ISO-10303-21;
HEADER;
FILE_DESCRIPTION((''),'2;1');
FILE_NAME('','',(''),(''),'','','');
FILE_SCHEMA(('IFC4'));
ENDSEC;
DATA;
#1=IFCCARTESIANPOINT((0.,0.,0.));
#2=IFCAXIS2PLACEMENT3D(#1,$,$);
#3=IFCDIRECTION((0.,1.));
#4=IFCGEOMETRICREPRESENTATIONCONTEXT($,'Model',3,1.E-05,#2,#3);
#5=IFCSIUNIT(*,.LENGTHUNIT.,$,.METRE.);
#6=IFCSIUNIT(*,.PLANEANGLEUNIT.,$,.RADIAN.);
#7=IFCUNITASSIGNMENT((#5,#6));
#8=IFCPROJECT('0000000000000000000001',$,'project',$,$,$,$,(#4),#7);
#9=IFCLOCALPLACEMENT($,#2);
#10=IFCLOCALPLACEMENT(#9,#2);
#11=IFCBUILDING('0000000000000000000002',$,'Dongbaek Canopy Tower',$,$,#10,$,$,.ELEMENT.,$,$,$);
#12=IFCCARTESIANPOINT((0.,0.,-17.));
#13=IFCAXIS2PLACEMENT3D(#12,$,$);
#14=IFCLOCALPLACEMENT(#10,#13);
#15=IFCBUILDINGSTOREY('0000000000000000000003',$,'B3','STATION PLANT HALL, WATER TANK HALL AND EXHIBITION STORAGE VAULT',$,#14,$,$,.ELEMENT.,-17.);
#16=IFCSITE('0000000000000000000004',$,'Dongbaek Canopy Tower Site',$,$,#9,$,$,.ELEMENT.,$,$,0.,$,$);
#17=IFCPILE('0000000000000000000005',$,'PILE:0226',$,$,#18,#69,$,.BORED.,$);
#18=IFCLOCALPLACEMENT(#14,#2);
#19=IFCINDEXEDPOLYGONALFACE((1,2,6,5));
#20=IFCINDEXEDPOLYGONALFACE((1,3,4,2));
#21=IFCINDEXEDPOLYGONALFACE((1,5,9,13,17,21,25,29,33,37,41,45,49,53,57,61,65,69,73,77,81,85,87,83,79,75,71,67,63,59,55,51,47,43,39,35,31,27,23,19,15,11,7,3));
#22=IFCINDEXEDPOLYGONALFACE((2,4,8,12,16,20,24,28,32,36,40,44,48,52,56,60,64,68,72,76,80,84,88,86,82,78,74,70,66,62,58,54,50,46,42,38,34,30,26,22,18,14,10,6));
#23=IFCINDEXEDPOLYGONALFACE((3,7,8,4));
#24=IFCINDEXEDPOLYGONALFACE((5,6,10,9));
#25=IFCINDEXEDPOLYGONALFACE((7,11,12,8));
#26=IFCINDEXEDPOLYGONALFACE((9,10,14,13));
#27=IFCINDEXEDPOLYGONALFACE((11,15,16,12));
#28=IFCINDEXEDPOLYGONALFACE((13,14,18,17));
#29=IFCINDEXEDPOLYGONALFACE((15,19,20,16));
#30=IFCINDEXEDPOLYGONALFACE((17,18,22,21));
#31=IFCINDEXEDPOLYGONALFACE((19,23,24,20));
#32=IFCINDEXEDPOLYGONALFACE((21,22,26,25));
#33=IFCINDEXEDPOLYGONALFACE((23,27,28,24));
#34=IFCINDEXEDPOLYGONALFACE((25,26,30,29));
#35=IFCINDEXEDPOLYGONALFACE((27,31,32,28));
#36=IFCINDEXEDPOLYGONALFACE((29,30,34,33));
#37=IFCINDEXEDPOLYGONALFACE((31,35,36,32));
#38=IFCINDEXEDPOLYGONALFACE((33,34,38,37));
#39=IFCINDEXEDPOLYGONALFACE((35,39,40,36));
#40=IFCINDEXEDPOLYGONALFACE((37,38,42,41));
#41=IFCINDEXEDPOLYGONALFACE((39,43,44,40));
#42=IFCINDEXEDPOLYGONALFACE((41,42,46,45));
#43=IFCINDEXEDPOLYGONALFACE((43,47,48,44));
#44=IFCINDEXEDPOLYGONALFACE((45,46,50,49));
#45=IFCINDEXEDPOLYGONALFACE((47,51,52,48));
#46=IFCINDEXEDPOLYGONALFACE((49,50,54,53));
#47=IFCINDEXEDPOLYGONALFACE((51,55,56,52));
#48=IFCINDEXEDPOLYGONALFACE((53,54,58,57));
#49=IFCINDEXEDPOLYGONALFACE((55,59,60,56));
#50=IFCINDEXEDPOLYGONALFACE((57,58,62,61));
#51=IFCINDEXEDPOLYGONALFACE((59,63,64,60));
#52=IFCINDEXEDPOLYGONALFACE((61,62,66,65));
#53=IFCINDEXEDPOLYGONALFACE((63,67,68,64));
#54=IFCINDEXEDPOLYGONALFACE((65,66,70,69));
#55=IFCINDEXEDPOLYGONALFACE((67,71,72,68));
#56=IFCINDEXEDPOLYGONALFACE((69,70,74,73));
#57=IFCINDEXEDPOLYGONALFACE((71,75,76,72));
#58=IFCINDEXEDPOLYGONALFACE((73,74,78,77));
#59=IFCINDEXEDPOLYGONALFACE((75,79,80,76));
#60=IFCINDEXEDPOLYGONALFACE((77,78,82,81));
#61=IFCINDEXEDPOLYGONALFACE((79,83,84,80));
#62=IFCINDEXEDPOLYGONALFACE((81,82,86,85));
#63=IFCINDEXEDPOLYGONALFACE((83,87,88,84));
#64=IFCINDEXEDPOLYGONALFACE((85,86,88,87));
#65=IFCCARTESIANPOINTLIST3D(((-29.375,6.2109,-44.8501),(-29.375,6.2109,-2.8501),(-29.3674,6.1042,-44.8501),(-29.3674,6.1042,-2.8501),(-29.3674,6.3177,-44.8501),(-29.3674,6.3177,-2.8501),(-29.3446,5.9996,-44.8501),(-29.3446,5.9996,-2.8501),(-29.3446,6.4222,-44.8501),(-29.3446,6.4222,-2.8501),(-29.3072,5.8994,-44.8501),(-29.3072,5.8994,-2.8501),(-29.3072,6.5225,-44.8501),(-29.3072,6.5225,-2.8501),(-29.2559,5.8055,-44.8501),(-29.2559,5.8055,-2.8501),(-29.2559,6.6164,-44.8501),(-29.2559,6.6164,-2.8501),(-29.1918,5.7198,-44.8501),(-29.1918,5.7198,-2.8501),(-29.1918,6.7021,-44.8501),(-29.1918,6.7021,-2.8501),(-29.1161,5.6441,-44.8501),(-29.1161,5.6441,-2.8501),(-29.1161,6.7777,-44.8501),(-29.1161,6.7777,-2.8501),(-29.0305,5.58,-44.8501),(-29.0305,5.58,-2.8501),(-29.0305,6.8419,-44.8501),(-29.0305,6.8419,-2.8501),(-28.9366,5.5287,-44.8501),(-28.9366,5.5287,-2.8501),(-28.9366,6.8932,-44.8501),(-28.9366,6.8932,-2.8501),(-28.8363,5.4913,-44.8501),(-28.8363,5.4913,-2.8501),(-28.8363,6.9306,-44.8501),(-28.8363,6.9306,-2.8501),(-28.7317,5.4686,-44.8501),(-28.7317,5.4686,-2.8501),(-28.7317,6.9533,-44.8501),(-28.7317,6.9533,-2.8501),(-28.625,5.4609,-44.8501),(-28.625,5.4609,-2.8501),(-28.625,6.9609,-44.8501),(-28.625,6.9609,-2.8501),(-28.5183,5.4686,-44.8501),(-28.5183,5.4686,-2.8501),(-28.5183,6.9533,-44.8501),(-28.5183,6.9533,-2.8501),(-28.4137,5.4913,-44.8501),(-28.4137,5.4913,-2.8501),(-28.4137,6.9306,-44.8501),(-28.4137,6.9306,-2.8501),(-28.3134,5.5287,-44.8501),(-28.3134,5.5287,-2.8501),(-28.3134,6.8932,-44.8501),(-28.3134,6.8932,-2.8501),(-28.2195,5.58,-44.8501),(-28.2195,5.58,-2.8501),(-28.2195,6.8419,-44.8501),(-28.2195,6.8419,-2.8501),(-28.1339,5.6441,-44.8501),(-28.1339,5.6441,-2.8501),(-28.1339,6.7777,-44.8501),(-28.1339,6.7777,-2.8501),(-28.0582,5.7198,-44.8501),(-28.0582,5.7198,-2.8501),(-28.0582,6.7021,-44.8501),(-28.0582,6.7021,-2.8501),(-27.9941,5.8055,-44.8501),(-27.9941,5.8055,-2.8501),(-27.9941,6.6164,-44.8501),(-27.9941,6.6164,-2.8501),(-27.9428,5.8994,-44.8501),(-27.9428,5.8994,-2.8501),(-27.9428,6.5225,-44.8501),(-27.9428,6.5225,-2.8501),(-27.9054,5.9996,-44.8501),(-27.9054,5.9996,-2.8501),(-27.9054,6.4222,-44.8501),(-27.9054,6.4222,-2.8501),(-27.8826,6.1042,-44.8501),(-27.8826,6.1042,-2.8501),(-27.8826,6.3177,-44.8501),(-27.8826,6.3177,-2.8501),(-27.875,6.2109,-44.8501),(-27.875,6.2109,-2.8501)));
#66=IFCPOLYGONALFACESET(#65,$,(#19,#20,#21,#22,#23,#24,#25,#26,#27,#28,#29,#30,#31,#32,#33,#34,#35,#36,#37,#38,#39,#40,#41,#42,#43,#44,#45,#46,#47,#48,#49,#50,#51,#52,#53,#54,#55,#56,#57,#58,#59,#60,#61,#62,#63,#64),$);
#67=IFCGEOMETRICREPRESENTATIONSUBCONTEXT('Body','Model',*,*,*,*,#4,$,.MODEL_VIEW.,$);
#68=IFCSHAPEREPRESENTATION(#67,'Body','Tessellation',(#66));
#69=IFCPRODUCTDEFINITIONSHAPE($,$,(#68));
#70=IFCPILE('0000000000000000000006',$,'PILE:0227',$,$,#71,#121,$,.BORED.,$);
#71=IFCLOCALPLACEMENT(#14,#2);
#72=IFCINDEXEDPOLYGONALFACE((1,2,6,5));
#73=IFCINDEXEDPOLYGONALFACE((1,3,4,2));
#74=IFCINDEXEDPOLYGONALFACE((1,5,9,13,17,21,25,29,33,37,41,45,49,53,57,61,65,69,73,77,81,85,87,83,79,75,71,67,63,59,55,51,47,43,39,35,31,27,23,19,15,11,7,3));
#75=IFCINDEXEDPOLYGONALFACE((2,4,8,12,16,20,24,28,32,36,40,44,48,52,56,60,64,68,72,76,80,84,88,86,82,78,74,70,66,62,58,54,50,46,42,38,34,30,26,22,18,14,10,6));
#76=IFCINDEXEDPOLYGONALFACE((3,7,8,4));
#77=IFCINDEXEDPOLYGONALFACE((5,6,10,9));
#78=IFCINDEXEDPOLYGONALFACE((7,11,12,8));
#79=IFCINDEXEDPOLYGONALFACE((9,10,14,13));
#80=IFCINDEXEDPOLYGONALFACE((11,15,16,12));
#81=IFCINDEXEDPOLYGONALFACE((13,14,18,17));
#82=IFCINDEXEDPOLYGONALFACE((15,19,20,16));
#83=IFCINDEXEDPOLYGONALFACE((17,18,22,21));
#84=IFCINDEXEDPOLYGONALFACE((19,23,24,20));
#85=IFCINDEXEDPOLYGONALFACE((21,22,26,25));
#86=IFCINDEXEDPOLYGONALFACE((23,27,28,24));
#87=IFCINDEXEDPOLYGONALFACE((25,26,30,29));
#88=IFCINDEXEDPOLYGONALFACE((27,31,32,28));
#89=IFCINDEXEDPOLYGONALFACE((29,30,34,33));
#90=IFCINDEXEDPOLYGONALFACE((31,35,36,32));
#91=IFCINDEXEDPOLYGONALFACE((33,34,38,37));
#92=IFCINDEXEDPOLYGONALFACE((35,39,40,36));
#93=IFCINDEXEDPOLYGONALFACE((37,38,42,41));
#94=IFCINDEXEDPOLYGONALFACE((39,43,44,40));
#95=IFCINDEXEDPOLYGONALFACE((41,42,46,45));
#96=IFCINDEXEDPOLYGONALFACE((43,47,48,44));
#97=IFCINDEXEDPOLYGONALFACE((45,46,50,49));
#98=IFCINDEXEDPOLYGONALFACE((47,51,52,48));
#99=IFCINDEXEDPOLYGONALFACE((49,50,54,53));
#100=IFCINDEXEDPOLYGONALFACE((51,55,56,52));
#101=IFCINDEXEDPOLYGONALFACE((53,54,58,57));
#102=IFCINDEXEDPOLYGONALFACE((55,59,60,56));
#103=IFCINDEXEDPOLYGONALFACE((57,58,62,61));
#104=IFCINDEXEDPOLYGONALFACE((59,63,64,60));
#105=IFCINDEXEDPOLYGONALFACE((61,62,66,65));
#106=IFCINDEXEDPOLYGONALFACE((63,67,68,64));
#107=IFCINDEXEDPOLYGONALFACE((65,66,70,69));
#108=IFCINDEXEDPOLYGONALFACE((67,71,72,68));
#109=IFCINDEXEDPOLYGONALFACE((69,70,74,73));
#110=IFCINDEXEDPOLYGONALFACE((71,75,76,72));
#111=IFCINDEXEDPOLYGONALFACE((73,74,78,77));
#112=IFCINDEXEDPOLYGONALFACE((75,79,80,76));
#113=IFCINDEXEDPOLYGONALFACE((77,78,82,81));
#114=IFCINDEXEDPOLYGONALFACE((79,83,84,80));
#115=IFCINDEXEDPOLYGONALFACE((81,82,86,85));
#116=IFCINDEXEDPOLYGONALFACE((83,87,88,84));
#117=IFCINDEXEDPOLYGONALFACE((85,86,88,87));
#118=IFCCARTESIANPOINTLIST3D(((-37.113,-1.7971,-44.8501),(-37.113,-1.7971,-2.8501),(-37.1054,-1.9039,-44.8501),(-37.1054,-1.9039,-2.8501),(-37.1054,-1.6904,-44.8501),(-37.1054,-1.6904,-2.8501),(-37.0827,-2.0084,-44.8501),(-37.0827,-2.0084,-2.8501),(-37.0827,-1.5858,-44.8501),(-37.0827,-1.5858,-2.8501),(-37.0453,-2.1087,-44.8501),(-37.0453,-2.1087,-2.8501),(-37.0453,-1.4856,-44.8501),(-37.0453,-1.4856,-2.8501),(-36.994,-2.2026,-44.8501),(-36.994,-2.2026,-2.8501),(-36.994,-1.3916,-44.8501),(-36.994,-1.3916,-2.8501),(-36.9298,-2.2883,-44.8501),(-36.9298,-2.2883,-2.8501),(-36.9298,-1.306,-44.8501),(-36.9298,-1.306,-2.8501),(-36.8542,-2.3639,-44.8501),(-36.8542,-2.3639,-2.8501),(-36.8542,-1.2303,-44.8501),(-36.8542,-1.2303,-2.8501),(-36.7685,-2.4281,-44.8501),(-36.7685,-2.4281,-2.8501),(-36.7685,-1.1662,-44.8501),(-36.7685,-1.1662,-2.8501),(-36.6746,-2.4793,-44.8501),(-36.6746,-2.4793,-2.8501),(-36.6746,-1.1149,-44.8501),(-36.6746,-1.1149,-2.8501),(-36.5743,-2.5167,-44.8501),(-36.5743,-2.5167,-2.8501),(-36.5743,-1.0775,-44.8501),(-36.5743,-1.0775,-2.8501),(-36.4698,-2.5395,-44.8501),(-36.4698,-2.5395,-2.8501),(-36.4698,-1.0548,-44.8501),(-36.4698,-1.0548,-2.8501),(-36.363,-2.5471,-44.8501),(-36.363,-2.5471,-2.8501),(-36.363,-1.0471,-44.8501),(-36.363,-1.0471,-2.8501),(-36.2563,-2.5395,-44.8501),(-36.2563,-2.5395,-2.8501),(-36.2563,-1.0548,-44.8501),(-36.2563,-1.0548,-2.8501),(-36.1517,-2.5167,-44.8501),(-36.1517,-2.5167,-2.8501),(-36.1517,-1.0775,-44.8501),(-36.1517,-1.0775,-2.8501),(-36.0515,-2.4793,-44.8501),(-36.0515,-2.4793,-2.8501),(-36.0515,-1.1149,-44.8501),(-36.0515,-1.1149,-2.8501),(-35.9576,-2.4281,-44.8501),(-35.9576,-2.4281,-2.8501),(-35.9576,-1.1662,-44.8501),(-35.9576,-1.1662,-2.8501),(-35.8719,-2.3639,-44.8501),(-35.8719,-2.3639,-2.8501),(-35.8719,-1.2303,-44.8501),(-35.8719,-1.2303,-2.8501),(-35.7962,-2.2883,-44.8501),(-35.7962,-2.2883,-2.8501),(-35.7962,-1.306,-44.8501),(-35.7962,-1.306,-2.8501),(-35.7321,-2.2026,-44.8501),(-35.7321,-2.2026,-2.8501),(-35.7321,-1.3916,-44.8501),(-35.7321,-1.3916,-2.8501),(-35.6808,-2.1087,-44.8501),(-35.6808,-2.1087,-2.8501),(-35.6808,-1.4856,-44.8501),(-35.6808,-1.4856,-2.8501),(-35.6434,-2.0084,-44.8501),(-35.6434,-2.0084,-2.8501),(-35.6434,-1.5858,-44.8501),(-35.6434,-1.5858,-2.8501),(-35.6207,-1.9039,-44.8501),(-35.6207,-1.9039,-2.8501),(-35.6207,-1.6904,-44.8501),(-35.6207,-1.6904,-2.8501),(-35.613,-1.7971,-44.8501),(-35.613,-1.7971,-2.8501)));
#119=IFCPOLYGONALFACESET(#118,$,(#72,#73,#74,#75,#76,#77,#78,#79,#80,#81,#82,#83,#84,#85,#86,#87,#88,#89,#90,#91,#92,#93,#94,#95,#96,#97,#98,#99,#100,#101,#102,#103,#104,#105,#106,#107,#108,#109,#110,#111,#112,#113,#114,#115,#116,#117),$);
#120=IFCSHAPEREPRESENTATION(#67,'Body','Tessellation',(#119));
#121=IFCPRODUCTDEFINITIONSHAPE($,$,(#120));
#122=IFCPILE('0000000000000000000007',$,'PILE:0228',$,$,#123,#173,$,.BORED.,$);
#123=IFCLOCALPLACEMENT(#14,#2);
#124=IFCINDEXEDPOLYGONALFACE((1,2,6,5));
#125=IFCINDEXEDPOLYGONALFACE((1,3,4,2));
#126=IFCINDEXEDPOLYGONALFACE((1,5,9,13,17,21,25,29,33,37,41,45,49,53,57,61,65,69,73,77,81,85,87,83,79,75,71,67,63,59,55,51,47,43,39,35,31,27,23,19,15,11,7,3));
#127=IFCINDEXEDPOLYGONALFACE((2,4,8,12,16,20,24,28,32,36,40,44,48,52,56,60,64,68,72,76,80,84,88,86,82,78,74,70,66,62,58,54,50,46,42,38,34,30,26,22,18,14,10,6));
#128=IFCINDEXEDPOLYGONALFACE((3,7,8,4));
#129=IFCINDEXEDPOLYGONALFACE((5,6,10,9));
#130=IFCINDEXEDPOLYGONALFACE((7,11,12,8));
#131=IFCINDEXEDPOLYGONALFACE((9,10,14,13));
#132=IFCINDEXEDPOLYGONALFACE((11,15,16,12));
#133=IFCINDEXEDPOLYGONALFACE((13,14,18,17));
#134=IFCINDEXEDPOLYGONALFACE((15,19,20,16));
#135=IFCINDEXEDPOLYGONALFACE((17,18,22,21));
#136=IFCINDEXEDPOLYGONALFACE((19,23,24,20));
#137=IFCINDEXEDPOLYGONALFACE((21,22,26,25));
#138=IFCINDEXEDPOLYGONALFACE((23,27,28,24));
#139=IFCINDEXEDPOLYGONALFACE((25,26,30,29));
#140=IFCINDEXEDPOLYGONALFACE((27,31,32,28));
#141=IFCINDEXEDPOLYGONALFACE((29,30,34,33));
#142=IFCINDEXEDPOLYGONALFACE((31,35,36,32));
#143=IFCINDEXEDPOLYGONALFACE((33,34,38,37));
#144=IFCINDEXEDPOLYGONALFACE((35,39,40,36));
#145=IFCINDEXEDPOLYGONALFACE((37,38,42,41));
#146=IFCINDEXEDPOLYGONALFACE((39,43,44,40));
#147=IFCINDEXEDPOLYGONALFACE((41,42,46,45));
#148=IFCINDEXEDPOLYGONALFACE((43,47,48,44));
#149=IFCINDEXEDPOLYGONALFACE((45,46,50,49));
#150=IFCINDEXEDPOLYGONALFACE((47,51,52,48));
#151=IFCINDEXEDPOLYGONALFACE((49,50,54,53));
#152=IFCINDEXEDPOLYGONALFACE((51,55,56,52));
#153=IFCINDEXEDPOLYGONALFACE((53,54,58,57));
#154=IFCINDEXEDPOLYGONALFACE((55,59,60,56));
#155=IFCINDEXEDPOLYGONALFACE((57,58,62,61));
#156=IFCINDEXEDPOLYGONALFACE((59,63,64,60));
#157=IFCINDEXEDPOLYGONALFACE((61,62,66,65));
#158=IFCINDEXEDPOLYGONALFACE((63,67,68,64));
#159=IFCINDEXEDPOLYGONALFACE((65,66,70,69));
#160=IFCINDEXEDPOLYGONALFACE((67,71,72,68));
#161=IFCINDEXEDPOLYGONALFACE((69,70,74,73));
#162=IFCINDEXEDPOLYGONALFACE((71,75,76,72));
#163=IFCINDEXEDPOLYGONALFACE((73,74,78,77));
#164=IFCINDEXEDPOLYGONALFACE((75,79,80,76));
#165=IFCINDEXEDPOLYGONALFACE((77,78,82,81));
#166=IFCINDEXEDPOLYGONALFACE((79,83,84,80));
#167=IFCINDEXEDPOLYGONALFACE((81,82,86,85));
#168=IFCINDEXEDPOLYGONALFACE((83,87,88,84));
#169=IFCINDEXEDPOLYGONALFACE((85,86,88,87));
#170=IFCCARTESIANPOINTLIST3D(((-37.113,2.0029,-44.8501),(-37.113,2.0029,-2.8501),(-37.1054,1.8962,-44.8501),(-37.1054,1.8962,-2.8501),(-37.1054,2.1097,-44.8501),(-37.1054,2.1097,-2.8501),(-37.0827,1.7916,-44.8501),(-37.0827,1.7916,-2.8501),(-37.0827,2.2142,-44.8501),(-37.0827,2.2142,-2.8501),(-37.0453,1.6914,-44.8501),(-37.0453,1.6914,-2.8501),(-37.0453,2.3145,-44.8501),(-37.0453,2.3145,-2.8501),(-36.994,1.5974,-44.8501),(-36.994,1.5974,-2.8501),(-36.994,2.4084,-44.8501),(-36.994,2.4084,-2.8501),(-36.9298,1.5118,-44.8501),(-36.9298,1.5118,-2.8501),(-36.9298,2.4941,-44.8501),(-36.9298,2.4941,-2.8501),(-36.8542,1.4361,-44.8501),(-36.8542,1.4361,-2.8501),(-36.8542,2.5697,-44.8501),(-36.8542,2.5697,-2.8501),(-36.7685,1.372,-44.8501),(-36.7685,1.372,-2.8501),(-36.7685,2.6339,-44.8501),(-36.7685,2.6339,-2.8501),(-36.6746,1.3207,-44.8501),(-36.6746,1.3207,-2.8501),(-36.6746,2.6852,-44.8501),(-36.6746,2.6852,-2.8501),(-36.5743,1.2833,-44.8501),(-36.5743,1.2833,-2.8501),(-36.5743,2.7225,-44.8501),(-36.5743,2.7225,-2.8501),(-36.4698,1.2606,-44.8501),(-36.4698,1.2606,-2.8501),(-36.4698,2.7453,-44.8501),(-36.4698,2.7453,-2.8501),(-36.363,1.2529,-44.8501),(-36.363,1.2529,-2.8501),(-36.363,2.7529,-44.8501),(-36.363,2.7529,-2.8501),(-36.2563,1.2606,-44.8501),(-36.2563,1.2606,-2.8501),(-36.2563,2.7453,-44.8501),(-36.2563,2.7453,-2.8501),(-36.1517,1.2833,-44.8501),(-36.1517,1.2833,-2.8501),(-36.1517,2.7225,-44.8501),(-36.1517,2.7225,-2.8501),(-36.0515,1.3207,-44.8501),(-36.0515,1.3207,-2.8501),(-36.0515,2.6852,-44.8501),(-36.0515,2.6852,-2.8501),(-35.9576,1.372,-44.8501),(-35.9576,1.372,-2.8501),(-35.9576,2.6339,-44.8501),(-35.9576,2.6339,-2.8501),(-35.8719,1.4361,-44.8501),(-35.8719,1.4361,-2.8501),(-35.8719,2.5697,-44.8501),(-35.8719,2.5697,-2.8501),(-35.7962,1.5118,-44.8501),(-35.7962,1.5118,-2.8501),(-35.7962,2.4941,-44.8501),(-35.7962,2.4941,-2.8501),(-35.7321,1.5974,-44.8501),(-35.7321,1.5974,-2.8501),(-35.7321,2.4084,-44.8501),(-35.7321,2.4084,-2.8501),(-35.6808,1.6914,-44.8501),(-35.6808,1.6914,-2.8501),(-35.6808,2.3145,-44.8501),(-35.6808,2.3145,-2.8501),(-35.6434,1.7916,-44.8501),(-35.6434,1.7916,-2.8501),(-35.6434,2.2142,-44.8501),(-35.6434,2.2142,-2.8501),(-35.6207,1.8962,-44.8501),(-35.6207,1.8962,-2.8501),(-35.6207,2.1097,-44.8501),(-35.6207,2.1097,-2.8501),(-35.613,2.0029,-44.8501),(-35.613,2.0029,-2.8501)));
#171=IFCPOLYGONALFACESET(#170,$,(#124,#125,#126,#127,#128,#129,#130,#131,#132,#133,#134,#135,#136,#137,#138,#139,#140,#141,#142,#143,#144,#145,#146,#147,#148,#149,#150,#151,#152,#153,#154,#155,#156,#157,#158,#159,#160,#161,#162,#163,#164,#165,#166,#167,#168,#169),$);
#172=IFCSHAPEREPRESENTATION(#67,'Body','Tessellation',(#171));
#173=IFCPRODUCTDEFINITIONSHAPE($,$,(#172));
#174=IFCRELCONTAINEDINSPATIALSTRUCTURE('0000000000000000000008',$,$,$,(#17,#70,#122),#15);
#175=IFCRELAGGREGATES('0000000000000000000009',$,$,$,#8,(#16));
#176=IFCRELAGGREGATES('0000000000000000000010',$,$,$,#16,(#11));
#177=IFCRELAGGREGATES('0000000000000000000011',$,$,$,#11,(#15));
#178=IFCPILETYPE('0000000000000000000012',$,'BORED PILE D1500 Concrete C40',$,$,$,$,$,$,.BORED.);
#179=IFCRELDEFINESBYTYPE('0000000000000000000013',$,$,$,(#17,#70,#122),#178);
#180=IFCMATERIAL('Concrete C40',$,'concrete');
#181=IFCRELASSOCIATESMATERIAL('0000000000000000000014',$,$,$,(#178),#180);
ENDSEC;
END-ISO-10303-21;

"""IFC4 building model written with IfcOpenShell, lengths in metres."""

from ifc_helpers import new_model, si_unit, direction, frame, origin, origin_2d, place, context, subcontext, project, spatial, circle, extrude, material, material_profile, profile_set, type_object, element, save


model = new_model("IFC4")

# Units and contexts
model_context = context("Model", 3, precision=1e-05, world=origin(), true_north=direction((0.0, 1.0)))
body_context = subcontext(model_context, "Body", "Model", "MODEL_VIEW")
ifc_project = project(units=[si_unit("LENGTHUNIT", "METRE"), si_unit("PLANEANGLEUNIT", "RADIAN")], contexts=[model_context])

# Site, building, storey
site_placement = place(None, origin())
site = spatial("IfcSite", under=ifc_project, at=site_placement, Name="Dongbaek Canopy Tower Site", CompositionType="ELEMENT", RefElevation=0.0)
building_placement = place(site_placement, origin())
building = spatial("IfcBuilding", under=site, at=building_placement, Name="Dongbaek Canopy Tower", CompositionType="ELEMENT")
storey_placement = place(building_placement, frame((0.0, 0.0, -17.0)))
storey = spatial("IfcBuildingStorey", under=building, at=storey_placement, Name="B3", Description="STATION PLANT HALL, WATER TANK HALL AND EXHIBITION STORAGE VAULT", CompositionType="ELEMENT", Elevation=-17.0)

# Piles
ifc_material_1 = material(Name="Concrete C40", Category="concrete")
ifc_material_profile_1 = material_profile(ifc_material_1, circle(Radius=0.75, at=origin_2d()), Name="BORED PILE D1500 Concrete C40")
ifc_profile_set_1 = profile_set([ifc_material_profile_1], Name="Concrete C40")
pile_type = type_object("IfcPileType", Name="BORED PILE D1500 Concrete C40", PredefinedType="BORED", material=ifc_profile_set_1)
for number, where, z_axis, x_axis, name in (
    (1, (-28.625, 6.2109, -2.8501), (0.0, 0.0, -1.0), (1.0, 0.0, 0.0), "PILE:0226"),
    (2, (-36.363, -1.7971, -2.8501), (0.0, 0.0, -1.0), (1.0, 0.0, 0.0), "PILE:0227"),
    (3, (-36.363, 2.0029, -2.8501), (0.0, 0.0, -1.0), (1.0, 0.0, 0.0), "PILE:0228"),
):
    element("IfcPile", number, at=place(storey_placement, frame(where, z_axis=z_axis, x_axis=x_axis)), inside=storey, type_object=pile_type, Name=name, PredefinedType="BORED", context=body_context, shape_type="SweptSolid", body=[
        extrude(circle(Radius=0.75, at=origin_2d()), origin(), (0.0, 0.0, 1.0), 42.0),
    ])

save(model, "model.ifc")
